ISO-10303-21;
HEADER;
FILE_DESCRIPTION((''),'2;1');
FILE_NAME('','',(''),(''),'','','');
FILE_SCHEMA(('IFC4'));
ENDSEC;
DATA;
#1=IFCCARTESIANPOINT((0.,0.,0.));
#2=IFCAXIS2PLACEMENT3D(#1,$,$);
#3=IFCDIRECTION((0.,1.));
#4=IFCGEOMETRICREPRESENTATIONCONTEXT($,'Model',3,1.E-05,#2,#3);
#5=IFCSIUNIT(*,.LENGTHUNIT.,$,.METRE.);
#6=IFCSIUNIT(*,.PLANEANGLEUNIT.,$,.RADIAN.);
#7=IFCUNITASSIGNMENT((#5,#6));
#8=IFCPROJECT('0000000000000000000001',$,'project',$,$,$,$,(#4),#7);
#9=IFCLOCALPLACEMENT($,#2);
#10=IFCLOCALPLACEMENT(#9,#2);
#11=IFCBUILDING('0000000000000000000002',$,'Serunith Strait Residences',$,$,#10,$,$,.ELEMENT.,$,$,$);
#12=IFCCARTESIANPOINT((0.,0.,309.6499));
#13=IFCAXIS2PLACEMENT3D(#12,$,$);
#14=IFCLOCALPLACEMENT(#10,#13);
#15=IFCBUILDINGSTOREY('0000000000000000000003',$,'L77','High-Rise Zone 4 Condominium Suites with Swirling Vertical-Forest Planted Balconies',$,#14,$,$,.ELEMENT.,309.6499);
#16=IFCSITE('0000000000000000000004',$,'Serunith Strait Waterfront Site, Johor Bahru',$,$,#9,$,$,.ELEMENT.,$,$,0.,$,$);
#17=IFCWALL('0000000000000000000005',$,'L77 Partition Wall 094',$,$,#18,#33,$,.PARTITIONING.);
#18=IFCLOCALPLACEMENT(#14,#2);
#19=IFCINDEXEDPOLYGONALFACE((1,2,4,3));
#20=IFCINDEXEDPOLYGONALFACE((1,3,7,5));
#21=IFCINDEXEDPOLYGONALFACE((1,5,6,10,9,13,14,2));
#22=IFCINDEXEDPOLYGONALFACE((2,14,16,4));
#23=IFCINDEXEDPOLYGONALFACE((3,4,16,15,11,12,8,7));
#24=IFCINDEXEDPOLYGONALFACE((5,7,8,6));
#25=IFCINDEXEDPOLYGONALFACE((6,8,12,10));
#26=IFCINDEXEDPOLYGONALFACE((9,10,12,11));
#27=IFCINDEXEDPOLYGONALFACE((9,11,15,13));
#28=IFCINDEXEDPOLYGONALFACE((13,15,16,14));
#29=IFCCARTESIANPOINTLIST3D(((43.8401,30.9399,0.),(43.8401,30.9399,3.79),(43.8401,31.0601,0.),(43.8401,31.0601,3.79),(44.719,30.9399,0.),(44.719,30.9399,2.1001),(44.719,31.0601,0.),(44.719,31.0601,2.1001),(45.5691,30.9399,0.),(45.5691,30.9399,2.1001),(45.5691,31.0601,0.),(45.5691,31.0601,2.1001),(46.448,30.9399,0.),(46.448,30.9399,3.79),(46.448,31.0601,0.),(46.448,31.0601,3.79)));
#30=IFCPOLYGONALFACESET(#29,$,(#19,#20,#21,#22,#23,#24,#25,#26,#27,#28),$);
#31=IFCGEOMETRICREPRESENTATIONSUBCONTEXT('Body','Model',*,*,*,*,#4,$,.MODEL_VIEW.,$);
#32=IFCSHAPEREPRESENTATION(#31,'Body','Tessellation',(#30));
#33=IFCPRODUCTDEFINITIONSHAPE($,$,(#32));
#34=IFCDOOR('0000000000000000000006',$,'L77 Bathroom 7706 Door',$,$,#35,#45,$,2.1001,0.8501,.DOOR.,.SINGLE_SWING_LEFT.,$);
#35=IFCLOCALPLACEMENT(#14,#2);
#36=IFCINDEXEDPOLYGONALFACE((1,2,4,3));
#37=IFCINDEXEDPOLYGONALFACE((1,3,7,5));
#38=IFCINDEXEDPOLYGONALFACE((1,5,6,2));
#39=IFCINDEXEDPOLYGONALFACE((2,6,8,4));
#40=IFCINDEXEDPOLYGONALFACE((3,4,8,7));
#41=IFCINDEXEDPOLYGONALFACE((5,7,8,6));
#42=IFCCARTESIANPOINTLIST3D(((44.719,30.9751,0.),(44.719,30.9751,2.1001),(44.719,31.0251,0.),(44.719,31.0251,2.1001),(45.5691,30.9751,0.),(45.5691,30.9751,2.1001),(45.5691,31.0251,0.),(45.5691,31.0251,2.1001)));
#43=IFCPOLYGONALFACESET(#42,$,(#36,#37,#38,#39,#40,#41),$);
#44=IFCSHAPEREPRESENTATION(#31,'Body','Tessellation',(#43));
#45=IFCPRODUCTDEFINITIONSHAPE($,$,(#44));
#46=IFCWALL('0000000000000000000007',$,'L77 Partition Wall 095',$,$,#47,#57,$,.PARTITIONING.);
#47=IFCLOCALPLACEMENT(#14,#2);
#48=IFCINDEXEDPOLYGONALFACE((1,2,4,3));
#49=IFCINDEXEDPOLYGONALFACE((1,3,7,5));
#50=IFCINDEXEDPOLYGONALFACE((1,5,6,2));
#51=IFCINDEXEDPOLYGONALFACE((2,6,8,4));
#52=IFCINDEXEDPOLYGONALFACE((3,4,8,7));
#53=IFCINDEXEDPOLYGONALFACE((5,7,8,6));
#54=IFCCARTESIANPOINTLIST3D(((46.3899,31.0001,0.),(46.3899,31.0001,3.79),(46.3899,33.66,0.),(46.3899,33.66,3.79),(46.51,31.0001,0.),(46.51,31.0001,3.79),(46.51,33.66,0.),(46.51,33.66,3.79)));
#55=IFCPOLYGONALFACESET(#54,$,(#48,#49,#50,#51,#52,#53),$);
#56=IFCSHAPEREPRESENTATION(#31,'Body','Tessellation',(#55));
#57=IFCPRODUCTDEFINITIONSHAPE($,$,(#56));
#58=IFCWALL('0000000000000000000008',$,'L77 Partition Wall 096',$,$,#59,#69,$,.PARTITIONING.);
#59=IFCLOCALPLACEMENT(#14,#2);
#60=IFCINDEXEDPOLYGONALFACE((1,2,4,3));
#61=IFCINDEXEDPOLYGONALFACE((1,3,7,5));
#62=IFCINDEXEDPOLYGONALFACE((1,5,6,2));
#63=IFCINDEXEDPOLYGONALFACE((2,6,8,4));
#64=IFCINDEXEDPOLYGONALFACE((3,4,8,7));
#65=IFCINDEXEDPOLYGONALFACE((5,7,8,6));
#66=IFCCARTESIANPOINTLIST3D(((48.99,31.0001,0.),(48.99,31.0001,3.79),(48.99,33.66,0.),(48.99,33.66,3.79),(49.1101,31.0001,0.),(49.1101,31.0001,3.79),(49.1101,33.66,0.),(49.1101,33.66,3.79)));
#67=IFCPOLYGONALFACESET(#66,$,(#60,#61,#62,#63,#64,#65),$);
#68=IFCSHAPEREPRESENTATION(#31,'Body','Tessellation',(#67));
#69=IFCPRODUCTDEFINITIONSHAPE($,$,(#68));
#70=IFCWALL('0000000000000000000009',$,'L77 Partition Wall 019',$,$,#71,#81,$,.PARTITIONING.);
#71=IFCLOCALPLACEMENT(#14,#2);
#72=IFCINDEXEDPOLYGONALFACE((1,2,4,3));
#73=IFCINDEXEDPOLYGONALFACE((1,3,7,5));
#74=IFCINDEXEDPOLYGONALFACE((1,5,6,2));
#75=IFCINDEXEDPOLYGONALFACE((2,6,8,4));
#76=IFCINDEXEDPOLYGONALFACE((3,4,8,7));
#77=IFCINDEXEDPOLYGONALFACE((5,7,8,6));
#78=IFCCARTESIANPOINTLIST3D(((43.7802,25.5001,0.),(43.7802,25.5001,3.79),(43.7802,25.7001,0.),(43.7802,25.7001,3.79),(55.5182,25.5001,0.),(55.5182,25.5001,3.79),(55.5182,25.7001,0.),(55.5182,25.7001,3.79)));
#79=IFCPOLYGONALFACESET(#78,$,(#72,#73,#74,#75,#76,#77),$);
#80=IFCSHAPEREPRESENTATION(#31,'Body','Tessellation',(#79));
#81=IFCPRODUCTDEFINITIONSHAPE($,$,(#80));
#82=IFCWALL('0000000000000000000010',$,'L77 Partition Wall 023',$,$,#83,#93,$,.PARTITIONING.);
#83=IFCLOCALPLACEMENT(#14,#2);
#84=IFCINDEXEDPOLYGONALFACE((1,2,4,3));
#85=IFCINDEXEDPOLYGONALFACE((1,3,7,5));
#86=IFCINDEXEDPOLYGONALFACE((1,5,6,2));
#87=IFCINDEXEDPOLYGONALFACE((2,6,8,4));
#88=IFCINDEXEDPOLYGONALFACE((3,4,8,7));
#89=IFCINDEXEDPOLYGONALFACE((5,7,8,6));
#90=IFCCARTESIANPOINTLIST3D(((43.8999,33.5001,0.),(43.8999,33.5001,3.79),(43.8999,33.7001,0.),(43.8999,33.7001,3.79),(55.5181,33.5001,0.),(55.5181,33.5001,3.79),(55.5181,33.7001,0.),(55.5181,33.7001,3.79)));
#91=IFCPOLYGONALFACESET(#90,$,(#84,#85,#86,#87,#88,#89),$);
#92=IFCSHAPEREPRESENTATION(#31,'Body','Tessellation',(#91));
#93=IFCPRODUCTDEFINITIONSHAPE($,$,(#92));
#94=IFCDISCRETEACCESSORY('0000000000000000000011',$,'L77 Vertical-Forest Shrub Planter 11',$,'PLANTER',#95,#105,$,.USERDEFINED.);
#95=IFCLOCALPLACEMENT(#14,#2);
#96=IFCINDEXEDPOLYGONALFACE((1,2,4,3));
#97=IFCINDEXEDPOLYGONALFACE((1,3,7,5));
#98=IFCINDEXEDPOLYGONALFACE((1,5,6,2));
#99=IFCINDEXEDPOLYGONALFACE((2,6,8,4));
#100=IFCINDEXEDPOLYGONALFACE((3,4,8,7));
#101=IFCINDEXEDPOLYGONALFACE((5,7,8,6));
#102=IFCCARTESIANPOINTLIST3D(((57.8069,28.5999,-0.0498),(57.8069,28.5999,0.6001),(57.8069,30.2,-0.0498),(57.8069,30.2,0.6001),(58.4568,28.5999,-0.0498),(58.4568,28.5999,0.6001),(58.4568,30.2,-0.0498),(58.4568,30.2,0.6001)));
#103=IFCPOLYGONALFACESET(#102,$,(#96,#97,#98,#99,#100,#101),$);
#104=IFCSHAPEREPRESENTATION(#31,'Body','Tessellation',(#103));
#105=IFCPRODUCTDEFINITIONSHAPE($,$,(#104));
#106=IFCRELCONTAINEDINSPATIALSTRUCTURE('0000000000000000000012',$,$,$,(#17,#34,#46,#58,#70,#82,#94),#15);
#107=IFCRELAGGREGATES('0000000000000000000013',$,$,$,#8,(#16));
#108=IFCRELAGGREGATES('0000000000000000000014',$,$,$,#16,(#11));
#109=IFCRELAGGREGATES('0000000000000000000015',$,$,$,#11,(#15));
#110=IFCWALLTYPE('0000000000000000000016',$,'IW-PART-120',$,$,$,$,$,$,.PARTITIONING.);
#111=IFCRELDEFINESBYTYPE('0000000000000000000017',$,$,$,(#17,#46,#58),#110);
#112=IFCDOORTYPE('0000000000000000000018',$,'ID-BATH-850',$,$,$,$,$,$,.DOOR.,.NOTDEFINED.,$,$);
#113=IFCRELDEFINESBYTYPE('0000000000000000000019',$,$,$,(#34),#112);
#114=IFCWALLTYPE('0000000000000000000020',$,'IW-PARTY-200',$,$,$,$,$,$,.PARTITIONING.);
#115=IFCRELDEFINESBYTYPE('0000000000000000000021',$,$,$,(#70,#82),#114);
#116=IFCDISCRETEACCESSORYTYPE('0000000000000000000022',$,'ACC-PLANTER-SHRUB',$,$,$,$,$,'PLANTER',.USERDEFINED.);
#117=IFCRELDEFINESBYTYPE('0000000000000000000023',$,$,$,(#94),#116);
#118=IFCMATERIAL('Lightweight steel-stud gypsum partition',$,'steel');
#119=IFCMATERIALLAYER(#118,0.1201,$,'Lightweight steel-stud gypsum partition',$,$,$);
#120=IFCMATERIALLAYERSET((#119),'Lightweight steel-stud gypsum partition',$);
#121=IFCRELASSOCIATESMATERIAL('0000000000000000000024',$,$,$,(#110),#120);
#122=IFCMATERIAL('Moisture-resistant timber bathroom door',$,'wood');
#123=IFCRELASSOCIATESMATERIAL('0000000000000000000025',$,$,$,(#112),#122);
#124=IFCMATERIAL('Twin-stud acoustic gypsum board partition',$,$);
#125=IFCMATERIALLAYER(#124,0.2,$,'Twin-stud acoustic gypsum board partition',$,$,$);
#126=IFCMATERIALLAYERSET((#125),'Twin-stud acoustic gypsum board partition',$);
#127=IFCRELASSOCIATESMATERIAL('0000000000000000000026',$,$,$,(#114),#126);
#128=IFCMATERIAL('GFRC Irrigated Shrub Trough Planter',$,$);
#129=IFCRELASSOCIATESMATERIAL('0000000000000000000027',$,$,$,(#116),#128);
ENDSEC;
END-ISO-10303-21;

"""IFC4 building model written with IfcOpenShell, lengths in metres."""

from ifc_helpers import new_model, si_unit, direction, frame, frame_2d, origin, origin_2d, place, context, subcontext, project, spatial, rectangle, extrude, source, transform, mapped, material, layer, layer_set, type_object, element, fill, save


model = new_model("IFC4")

# Units and contexts
model_context = context("Model", 3, precision=1e-05, world=origin(), true_north=direction((0.0, 1.0)))
body_context = subcontext(model_context, "Body", "Model", "MODEL_VIEW")
ifc_project = project(units=[si_unit("LENGTHUNIT", "METRE"), si_unit("PLANEANGLEUNIT", "RADIAN")], contexts=[model_context])

# Site, building, storey
site_placement = place(None, origin())
site = spatial("IfcSite", under=ifc_project, at=site_placement, Name="Serunith Strait Waterfront Site, Johor Bahru", CompositionType="ELEMENT", RefElevation=0.0)
building_placement = place(site_placement, origin())
building = spatial("IfcBuilding", under=site, at=building_placement, Name="Serunith Strait Residences", CompositionType="ELEMENT")
storey_placement = place(building_placement, frame((0.0, 0.0, 309.6499)))
storey = spatial("IfcBuildingStorey", under=building, at=storey_placement, Name="L77", Description="High-Rise Zone 4 Condominium Suites with Swirling Vertical-Forest Planted Balconies", CompositionType="ELEMENT", Elevation=309.6499)

# Wall, opening, door
ifc_material_1 = material(Name="Lightweight steel-stud gypsum partition", Category="steel")
ifc_layer_1 = layer(ifc_material_1, 0.1201, Name="Lightweight steel-stud gypsum partition")
ifc_layer_set_1 = layer_set([ifc_layer_1], Name="Lightweight steel-stud gypsum partition")
wall_type_1 = type_object("IfcWallType", Name="IW-PART-120", PredefinedType="PARTITIONING", material=ifc_layer_set_1)
shared_shape_1 = source(origin(), body_context, "Body", "SweptSolid", [
    extrude(rectangle(XDim=0.8501, YDim=2.1001, at=frame_2d((0.425, 1.05))), frame((0.0, 0.0249, 0.0), z_axis=(0.0, -1.0, 0.0), x_axis=(1.0, 0.0, 0.0)), (0.0, 0.0, 1.0), 0.05),
])
wall_1_placement = place(storey_placement, frame((46.448, 31.0, 0.0), z_axis=(0.0, 0.0, 1.0), x_axis=(-1.0, 0.0, 0.0)))
wall_1 = element("IfcWall", 1, at=wall_1_placement, inside=storey, type_object=wall_type_1, Name="L77 Partition Wall 094", PredefinedType="PARTITIONING", context=body_context, shape_type="SweptSolid", body=[
    extrude(rectangle(XDim=2.6079, YDim=0.1201, at=frame_2d((1.304, 0.0))), origin(), (0.0, 0.0, 1.0), 3.79),
])
opening_1_placement = place(wall_1_placement, frame((0.8789, 0.0, 0.0)))
opening_1 = element("IfcOpeningElement", 2, at=opening_1_placement, cuts=wall_1, PredefinedType="OPENING", context=body_context, shape_type="SweptSolid", body=[
    extrude(rectangle(XDim=0.8501, YDim=2.1001, at=frame_2d((0.425, 1.05))), frame((0.0, 0.0701, 0.0), z_axis=(0.0, -1.0, 0.0), x_axis=(1.0, 0.0, 0.0)), (0.0, 0.0, 1.0), 0.1401),
])
ifc_material_2 = material(Name="Moisture-resistant timber bathroom door", Category="wood")
door_type_1 = type_object("IfcDoorType", Name="ID-BATH-850", OperationType="NOTDEFINED", PredefinedType="DOOR", material=ifc_material_2)
door_1_placement = place(opening_1_placement, origin())
door_1 = element("IfcDoor", 3, at=door_1_placement, inside=storey, type_object=door_type_1, Name="L77 Bathroom 7706 Door", OperationType="SINGLE_SWING_LEFT", OverallHeight=2.1001, OverallWidth=0.8501, PredefinedType="DOOR", context=body_context, shape_type="MappedRepresentation", body=[
    mapped(shared_shape_1, transform((0.0, 0.0, 0.0), scale=1.0)),
])
fill(opening_1, door_1)

# Walls
for number, where, z_axis, x_axis, name in (
    (4, (46.45, 31.0, 0.0), (0.0, 0.0, 1.0), (0.0, 1.0, 0.0), "L77 Partition Wall 095"),
    (5, (49.05, 31.0, 0.0), (0.0, 0.0, 1.0), (0.0, 1.0, 0.0), "L77 Partition Wall 096"),
):
    element("IfcWall", number, at=place(storey_placement, frame(where, z_axis=z_axis, x_axis=x_axis)), inside=storey, type_object=wall_type_1, Name=name, PredefinedType="PARTITIONING", context=body_context, shape_type="SweptSolid", body=[
        extrude(rectangle(XDim=2.6599, YDim=0.1201, at=frame_2d((1.3301, 0.0))), origin(), (0.0, 0.0, 1.0), 3.79),
    ])
ifc_material_3 = material(Name="Twin-stud acoustic gypsum board partition")
ifc_layer_2 = layer(ifc_material_3, 0.2, Name="Twin-stud acoustic gypsum board partition")
ifc_layer_set_2 = layer_set([ifc_layer_2], Name="Twin-stud acoustic gypsum board partition")
wall_type_2 = type_object("IfcWallType", Name="IW-PARTY-200", PredefinedType="PARTITIONING", material=ifc_layer_set_2)
wall_2_placement = place(storey_placement, frame((43.78, 25.6001, 0.0), z_axis=(0.0, 0.0, 1.0), x_axis=(1.0, 0.0, 0.0)))
element("IfcWall", 6, at=wall_2_placement, inside=storey, type_object=wall_type_2, Name="L77 Partition Wall 019", PredefinedType="PARTITIONING", context=body_context, shape_type="SweptSolid", body=[
    extrude(rectangle(XDim=11.738, YDim=0.2, at=frame_2d((5.8691, 0.0))), origin(), (0.0, 0.0, 1.0), 3.79),
])
wall_3_placement = place(storey_placement, frame((43.8999, 33.6001, 0.0), z_axis=(0.0, 0.0, 1.0), x_axis=(1.0, 0.0, 0.0)))
element("IfcWall", 7, at=wall_3_placement, inside=storey, type_object=wall_type_2, Name="L77 Partition Wall 023", PredefinedType="PARTITIONING", context=body_context, shape_type="SweptSolid", body=[
    extrude(rectangle(XDim=11.6182, YDim=0.2, at=frame_2d((5.8091, 0.0))), origin(), (0.0, 0.0, 1.0), 3.79),
])

# Discrete accessory
ifc_material_4 = material(Name="GFRC Irrigated Shrub Trough Planter")
discrete_accessory_type = type_object("IfcDiscreteAccessoryType", Name="ACC-PLANTER-SHRUB", ElementType="PLANTER", PredefinedType="USERDEFINED", material=ifc_material_4)
shared_shape_2 = source(origin(), body_context, "Body", "SweptSolid", [
    extrude(rectangle(XDim=1.6001, YDim=0.6499, at=origin_2d()), origin(), (0.0, 0.0, 1.0), 0.6499),
])
discrete_accessory_placement = place(storey_placement, frame((58.1318, 29.3999, -0.0498), z_axis=(0.0, 0.0, 1.0), x_axis=(0.0, 1.0, 0.0)))
element("IfcDiscreteAccessory", 8, at=discrete_accessory_placement, inside=storey, type_object=discrete_accessory_type, Name="L77 Vertical-Forest Shrub Planter 11", ObjectType="PLANTER", PredefinedType="USERDEFINED", context=body_context, shape_type="MappedRepresentation", body=[
    mapped(shared_shape_2, transform((0.0, 0.0, 0.0), scale=1.0)),
])

save(model, "model.ifc")
